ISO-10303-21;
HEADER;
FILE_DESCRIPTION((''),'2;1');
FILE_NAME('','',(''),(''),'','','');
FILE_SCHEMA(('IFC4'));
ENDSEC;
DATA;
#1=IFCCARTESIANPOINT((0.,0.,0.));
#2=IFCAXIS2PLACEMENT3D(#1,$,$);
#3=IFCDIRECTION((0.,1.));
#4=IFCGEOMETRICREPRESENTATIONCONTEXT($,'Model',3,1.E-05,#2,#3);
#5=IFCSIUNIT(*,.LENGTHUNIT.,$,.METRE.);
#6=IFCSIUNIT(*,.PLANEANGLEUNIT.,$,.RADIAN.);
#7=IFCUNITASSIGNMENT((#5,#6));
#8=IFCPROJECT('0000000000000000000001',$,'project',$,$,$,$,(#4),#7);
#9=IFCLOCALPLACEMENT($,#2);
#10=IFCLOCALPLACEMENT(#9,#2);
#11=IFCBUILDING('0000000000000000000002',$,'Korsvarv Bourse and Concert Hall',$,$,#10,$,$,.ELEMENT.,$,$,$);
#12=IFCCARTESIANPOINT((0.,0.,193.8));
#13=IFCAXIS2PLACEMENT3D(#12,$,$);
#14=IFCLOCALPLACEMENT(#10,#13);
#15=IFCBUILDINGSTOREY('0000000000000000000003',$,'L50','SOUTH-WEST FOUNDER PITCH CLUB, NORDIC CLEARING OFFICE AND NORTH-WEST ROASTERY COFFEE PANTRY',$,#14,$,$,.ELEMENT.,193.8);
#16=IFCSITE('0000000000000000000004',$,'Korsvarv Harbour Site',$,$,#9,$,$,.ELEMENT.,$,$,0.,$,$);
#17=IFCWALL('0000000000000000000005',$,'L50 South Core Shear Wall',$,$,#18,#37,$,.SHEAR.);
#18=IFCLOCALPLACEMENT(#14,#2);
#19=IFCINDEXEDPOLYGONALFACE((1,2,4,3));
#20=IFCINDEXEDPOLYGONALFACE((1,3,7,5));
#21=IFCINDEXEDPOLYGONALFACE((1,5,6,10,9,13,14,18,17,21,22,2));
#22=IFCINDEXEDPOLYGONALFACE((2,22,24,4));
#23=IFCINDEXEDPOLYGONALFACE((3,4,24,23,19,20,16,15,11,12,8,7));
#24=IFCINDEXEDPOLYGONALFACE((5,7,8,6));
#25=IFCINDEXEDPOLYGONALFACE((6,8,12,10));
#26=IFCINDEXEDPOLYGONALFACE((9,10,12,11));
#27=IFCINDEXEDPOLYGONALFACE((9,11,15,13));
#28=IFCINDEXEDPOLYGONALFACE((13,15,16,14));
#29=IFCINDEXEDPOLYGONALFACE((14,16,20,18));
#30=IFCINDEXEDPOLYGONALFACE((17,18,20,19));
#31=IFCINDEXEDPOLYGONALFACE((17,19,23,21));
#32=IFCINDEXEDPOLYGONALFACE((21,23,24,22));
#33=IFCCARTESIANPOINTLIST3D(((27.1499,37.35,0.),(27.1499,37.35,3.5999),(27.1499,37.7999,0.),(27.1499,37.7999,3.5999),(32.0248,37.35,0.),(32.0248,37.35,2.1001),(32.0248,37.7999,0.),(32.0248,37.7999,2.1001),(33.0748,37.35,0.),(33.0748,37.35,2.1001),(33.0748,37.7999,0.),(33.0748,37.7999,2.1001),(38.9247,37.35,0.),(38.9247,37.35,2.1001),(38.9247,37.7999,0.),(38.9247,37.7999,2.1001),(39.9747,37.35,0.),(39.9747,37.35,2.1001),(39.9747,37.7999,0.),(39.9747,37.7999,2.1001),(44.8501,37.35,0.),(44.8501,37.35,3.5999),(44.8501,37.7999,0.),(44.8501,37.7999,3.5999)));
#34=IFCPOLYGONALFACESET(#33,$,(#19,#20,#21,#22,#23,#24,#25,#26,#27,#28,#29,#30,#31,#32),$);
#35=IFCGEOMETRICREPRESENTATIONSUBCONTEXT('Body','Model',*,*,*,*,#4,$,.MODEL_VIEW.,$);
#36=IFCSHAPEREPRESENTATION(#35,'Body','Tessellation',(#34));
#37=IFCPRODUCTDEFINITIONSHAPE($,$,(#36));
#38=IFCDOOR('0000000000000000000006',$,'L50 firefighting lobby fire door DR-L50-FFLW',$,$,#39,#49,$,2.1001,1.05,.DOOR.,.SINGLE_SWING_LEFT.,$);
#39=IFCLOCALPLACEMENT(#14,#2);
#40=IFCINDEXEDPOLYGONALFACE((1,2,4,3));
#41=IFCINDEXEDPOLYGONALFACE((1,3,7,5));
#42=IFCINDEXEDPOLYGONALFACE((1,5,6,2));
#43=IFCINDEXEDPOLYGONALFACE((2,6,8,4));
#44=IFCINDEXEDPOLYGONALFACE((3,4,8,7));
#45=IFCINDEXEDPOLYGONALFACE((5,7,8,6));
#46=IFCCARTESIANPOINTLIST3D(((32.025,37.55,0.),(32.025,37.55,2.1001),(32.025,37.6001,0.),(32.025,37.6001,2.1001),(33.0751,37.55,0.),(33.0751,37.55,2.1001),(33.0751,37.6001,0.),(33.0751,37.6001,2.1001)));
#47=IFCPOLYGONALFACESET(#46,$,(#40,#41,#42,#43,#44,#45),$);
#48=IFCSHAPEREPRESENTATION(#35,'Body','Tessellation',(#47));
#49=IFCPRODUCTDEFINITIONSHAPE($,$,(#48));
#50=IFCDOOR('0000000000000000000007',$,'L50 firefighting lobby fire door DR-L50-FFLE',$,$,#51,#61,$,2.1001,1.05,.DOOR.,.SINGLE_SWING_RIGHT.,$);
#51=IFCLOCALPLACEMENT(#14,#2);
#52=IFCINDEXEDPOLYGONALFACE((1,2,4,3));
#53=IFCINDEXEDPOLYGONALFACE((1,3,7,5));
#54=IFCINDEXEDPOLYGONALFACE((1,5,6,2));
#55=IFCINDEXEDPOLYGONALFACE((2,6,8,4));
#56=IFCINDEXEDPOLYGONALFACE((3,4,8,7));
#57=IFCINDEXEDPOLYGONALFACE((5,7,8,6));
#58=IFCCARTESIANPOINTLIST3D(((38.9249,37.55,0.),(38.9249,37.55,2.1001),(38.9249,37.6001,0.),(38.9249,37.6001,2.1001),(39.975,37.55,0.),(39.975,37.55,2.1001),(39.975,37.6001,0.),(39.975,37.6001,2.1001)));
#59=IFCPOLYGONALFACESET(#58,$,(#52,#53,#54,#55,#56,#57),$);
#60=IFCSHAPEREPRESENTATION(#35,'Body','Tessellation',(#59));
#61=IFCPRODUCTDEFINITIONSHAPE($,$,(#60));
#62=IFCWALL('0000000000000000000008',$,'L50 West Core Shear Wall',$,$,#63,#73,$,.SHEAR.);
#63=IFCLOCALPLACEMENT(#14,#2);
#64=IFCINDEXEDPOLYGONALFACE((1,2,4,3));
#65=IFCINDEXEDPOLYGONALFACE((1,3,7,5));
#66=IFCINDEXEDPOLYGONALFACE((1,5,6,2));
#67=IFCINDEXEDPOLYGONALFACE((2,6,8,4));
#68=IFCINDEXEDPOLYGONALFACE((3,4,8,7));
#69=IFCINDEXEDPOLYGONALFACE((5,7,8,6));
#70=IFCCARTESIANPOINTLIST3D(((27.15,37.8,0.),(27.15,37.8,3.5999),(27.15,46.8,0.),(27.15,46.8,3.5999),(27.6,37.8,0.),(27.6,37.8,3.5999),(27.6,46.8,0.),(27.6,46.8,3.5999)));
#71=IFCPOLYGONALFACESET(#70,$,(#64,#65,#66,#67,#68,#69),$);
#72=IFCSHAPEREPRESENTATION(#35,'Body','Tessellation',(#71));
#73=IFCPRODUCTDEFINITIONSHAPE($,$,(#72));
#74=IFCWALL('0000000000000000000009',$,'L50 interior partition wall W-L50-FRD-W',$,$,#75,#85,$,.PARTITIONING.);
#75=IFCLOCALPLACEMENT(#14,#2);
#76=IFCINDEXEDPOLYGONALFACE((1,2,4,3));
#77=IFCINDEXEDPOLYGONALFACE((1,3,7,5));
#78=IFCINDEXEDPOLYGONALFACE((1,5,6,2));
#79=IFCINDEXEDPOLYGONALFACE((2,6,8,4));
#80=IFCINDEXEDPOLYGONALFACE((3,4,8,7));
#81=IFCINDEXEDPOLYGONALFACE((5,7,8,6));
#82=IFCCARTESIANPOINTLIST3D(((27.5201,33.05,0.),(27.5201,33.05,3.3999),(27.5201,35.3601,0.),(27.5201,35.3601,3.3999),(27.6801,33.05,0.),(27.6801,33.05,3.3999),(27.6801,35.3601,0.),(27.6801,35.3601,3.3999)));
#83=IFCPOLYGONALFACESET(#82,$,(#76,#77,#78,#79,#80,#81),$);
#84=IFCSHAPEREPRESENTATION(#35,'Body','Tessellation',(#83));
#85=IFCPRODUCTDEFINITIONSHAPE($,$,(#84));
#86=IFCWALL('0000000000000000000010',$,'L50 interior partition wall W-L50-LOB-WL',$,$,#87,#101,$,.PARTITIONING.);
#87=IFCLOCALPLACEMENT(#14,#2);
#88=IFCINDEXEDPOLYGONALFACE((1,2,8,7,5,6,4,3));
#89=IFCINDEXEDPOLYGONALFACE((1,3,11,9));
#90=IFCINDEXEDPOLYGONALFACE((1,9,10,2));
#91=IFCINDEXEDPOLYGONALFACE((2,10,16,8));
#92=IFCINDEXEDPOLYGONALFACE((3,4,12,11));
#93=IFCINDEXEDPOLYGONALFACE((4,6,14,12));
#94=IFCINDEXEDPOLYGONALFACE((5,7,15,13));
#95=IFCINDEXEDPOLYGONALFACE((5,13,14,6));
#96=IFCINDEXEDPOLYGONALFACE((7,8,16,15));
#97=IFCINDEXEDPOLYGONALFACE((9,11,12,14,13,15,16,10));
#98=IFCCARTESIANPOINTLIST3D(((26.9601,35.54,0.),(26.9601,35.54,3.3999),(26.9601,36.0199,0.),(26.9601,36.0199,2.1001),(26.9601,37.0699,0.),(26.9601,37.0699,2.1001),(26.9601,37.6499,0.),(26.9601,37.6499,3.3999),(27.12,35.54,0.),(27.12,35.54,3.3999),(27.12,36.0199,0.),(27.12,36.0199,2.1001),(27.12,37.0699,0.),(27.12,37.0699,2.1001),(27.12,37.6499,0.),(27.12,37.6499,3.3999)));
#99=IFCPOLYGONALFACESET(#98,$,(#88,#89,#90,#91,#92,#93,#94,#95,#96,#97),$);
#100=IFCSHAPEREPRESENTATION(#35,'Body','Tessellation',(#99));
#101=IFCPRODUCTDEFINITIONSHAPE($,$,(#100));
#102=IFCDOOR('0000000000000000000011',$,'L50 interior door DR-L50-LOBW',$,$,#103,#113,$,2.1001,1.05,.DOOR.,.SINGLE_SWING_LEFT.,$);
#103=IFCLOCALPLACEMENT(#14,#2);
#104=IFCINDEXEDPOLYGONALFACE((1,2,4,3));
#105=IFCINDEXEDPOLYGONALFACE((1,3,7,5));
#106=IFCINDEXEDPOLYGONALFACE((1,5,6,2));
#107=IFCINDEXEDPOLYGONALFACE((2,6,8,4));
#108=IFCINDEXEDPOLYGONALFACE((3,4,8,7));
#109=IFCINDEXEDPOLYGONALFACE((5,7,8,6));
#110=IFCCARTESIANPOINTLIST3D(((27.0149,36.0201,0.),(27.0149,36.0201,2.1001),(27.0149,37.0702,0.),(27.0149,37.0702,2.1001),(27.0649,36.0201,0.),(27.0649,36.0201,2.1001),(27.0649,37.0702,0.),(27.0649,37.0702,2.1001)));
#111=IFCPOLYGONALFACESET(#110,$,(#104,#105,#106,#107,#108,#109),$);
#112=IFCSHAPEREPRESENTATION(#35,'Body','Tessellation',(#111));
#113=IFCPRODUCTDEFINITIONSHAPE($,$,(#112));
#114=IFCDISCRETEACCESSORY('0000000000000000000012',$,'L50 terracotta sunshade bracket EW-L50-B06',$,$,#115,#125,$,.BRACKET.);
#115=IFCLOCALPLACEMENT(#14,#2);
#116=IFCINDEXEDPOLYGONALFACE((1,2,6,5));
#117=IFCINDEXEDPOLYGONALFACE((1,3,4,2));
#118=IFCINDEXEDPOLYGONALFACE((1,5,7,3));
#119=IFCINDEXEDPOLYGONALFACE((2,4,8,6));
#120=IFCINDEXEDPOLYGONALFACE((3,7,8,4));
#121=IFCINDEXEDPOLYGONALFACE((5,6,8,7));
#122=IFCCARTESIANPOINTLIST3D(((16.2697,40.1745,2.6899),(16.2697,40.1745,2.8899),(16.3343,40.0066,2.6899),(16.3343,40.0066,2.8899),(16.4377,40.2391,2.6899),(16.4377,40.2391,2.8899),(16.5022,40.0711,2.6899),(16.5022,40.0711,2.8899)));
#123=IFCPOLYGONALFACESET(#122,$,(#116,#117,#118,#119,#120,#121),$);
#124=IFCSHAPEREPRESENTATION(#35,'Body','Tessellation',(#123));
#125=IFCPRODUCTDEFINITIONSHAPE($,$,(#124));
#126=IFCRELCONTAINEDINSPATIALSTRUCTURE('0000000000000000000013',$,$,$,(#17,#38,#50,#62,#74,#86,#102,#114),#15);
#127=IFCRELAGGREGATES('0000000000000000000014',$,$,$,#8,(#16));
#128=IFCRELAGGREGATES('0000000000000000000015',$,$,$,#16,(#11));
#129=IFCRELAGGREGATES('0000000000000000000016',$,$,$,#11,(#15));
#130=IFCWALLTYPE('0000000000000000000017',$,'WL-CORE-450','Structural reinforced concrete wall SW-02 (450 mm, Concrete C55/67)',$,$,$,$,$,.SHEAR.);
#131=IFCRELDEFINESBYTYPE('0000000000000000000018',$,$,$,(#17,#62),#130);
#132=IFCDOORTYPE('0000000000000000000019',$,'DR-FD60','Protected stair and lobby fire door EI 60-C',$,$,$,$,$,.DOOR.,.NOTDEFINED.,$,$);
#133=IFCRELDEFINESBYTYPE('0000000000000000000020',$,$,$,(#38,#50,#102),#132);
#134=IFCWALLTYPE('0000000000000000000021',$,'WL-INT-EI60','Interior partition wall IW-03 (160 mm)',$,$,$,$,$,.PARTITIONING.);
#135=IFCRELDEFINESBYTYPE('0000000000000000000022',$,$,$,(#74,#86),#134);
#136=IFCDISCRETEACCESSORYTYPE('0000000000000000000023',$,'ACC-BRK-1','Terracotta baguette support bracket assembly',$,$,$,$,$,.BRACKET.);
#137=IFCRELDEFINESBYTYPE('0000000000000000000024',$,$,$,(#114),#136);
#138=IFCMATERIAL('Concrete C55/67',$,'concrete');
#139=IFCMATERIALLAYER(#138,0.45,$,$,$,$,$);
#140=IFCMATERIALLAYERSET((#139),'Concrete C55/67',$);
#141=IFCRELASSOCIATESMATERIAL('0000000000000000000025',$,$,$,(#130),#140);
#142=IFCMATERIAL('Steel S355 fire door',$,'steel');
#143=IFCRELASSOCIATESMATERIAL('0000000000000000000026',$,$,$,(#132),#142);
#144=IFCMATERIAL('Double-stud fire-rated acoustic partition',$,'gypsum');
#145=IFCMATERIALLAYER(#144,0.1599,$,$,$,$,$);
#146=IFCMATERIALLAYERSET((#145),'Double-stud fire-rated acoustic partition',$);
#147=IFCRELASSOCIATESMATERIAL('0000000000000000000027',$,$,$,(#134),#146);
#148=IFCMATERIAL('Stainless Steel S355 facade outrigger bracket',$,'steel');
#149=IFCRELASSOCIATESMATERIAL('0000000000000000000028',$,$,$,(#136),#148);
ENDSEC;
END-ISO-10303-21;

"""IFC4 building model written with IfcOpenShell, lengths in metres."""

from ifc_helpers import new_model, si_unit, direction, frame, frame_2d, origin, origin_2d, place, context, subcontext, project, spatial, rectangle, extrude, source, transform, mapped, material, layer, layer_set, type_object, element, fill, save


model = new_model("IFC4")

# Units and contexts
model_context = context("Model", 3, precision=1e-05, world=origin(), true_north=direction((0.0, 1.0)))
body_context = subcontext(model_context, "Body", "Model", "MODEL_VIEW")
ifc_project = project(units=[si_unit("LENGTHUNIT", "METRE"), si_unit("PLANEANGLEUNIT", "RADIAN")], contexts=[model_context])

# Site, building, storey
site_placement = place(None, origin())
site = spatial("IfcSite", under=ifc_project, at=site_placement, Name="Korsvarv Harbour Site", CompositionType="ELEMENT", RefElevation=0.0)
building_placement = place(site_placement, origin())
building = spatial("IfcBuilding", under=site, at=building_placement, Name="Korsvarv Bourse and Concert Hall", CompositionType="ELEMENT")
storey_placement = place(building_placement, frame((0.0, 0.0, 193.8)))
storey = spatial("IfcBuildingStorey", under=building, at=storey_placement, Name="L50", Description="SOUTH-WEST FOUNDER PITCH CLUB, NORDIC CLEARING OFFICE AND NORTH-WEST ROASTERY COFFEE PANTRY", CompositionType="ELEMENT", Elevation=193.8)

# Shared definitions
ifc_material_1 = material(Name="Concrete C55/67", Category="concrete")

# Wall, openings, doors
ifc_layer_1 = layer(ifc_material_1, 0.45)
ifc_layer_set_1 = layer_set([ifc_layer_1], Name="Concrete C55/67")
wall_type_1 = type_object("IfcWallType", Name="WL-CORE-450", Description="Structural reinforced concrete wall SW-02 (450 mm, Concrete C55/67)", PredefinedType="SHEAR", material=ifc_layer_set_1)
wall_1_placement = place(storey_placement, frame((27.1499, 37.575, 0.0), z_axis=(0.0, 0.0, 1.0), x_axis=(1.0, 0.0, 0.0)))
wall_1 = element("IfcWall", 1, at=wall_1_placement, inside=storey, type_object=wall_type_1, Name="L50 South Core Shear Wall", PredefinedType="SHEAR", context=body_context, shape_type="SweptSolid", body=[
    extrude(rectangle(XDim=17.7002, YDim=0.45, at=frame_2d((8.8501, 0.0))), origin(), (0.0, 0.0, 1.0), 3.5999),
])
opening_1_placement = place(wall_1_placement, frame((4.875, 0.0, 0.0)))
opening_1 = element("IfcOpeningElement", 2, at=opening_1_placement, cuts=wall_1, PredefinedType="OPENING", context=body_context, shape_type="SweptSolid", body=[
    extrude(rectangle(XDim=1.05, YDim=2.1001, at=frame_2d((0.5249, 1.05))), frame((0.0, 0.2349, 0.0), z_axis=(0.0, -1.0, 0.0), x_axis=(1.0, 0.0, 0.0)), (0.0, 0.0, 1.0), 0.47),
])
opening_2_placement = place(wall_1_placement, frame((11.7749, 0.0, 0.0)))
opening_2 = element("IfcOpeningElement", 3, at=opening_2_placement, cuts=wall_1, PredefinedType="OPENING", context=body_context, shape_type="SweptSolid", body=[
    extrude(rectangle(XDim=1.05, YDim=2.1001, at=frame_2d((0.5249, 1.05))), frame((0.0, 0.2349, 0.0), z_axis=(0.0, -1.0, 0.0), x_axis=(1.0, 0.0, 0.0)), (0.0, 0.0, 1.0), 0.47),
])
ifc_material_2 = material(Name="Steel S355 fire door", Category="steel")
door_type = type_object("IfcDoorType", Name="DR-FD60", Description="Protected stair and lobby fire door EI 60-C", OperationType="NOTDEFINED", PredefinedType="DOOR", material=ifc_material_2)
door_1_placement = place(opening_1_placement, frame((1.05, 0.0, 0.0), z_axis=(0.0, 0.0, 1.0), x_axis=(-1.0, 0.0, 0.0)))
door_1 = element("IfcDoor", 4, at=door_1_placement, inside=storey, type_object=door_type, Name="L50 firefighting lobby fire door DR-L50-FFLW", OperationType="SINGLE_SWING_LEFT", OverallHeight=2.1001, OverallWidth=1.05, PredefinedType="DOOR", context=body_context, shape_type="SweptSolid", body=[
    extrude(rectangle(XDim=1.05, YDim=2.1001, at=frame_2d((0.5249, 1.05))), frame((0.0, 0.0249, 0.0), z_axis=(0.0, -1.0, 0.0), x_axis=(1.0, 0.0, 0.0)), (0.0, 0.0, 1.0), 0.05),
])
fill(opening_1, door_1)
door_2_placement = place(opening_2_placement, frame((1.05, 0.0, 0.0), z_axis=(0.0, 0.0, 1.0), x_axis=(-1.0, 0.0, 0.0)))
door_2 = element("IfcDoor", 5, at=door_2_placement, inside=storey, type_object=door_type, Name="L50 firefighting lobby fire door DR-L50-FFLE", OperationType="SINGLE_SWING_RIGHT", OverallHeight=2.1001, OverallWidth=1.05, PredefinedType="DOOR", context=body_context, shape_type="SweptSolid", body=[
    extrude(rectangle(XDim=1.05, YDim=2.1001, at=frame_2d((0.5249, 1.05))), frame((0.0, 0.0249, 0.0), z_axis=(0.0, -1.0, 0.0), x_axis=(1.0, 0.0, 0.0)), (0.0, 0.0, 1.0), 0.05),
])
fill(opening_2, door_2)

# Walls
wall_2_placement = place(storey_placement, frame((27.375, 37.8, 0.0), z_axis=(0.0, 0.0, 1.0), x_axis=(0.0, 1.0, 0.0)))
element("IfcWall", 6, at=wall_2_placement, inside=storey, type_object=wall_type_1, Name="L50 West Core Shear Wall", PredefinedType="SHEAR", context=body_context, shape_type="SweptSolid", body=[
    extrude(rectangle(XDim=9.0, YDim=0.45, at=frame_2d((4.5, 0.0))), origin(), (0.0, 0.0, 1.0), 3.5999),
])
ifc_material_3 = material(Name="Double-stud fire-rated acoustic partition", Category="gypsum")
ifc_layer_2 = layer(ifc_material_3, 0.1599)
ifc_layer_set_2 = layer_set([ifc_layer_2], Name="Double-stud fire-rated acoustic partition")
wall_type_2 = type_object("IfcWallType", Name="WL-INT-EI60", Description="Interior partition wall IW-03 (160 mm)", PredefinedType="PARTITIONING", material=ifc_layer_set_2)
wall_3_placement = place(storey_placement, frame((27.6001, 33.05, 0.0), z_axis=(0.0, 0.0, 1.0), x_axis=(0.0, 1.0, 0.0)))
element("IfcWall", 7, at=wall_3_placement, inside=storey, type_object=wall_type_2, Name="L50 interior partition wall W-L50-FRD-W", PredefinedType="PARTITIONING", context=body_context, shape_type="SweptSolid", body=[
    extrude(rectangle(XDim=2.3101, YDim=0.1599, at=frame_2d((1.155, 0.0))), origin(), (0.0, 0.0, 1.0), 3.3999),
])

# Wall, opening, door
wall_4_placement = place(storey_placement, frame((27.04, 35.54, 0.0), z_axis=(0.0, 0.0, 1.0), x_axis=(0.0, 1.0, 0.0)))
wall_4 = element("IfcWall", 8, at=wall_4_placement, inside=storey, type_object=wall_type_2, Name="L50 interior partition wall W-L50-LOB-WL", PredefinedType="PARTITIONING", context=body_context, shape_type="SweptSolid", body=[
    extrude(rectangle(XDim=2.1099, YDim=0.1599, at=frame_2d((1.0549, 0.0))), origin(), (0.0, 0.0, 1.0), 3.3999),
])
opening_3_placement = place(wall_4_placement, frame((0.48, 0.0, 0.0)))
opening_3 = element("IfcOpeningElement", 9, at=opening_3_placement, cuts=wall_4, PredefinedType="OPENING", context=body_context, shape_type="SweptSolid", body=[
    extrude(rectangle(XDim=1.05, YDim=2.1001, at=frame_2d((0.5249, 1.05))), frame((0.0, 0.0898, 0.0), z_axis=(0.0, -1.0, 0.0), x_axis=(1.0, 0.0, 0.0)), (0.0, 0.0, 1.0), 0.1799),
])
door_3_placement = place(opening_3_placement, frame((1.05, 0.0, 0.0), z_axis=(0.0, 0.0, 1.0), x_axis=(-1.0, 0.0, 0.0)))
door_3 = element("IfcDoor", 10, at=door_3_placement, inside=storey, type_object=door_type, Name="L50 interior door DR-L50-LOBW", OperationType="SINGLE_SWING_LEFT", OverallHeight=2.1001, OverallWidth=1.05, PredefinedType="DOOR", context=body_context, shape_type="SweptSolid", body=[
    extrude(rectangle(XDim=1.05, YDim=2.1001, at=frame_2d((0.5249, 1.05))), frame((0.0, 0.0249, 0.0), z_axis=(0.0, -1.0, 0.0), x_axis=(1.0, 0.0, 0.0)), (0.0, 0.0, 1.0), 0.05),
])
fill(opening_3, door_3)

# Discrete accessory
ifc_material_4 = material(Name="Stainless Steel S355 facade outrigger bracket", Category="steel")
discrete_accessory_type = type_object("IfcDiscreteAccessoryType", Name="ACC-BRK-1", Description="Terracotta baguette support bracket assembly", PredefinedType="BRACKET", material=ifc_material_4)
shared_shape_1 = source(origin(), body_context, "Body", "SweptSolid", [
    extrude(rectangle(XDim=0.1799, YDim=0.1799, at=origin_2d()), origin(), (0.0, 0.0, 1.0), 0.2),
])
discrete_accessory_placement = place(storey_placement, frame((16.386, 40.1228, 2.6899), z_axis=(0.0, 0.0, 1.0), x_axis=(0.358694, -0.933455, 0.0)))
element("IfcDiscreteAccessory", 11, at=discrete_accessory_placement, inside=storey, type_object=discrete_accessory_type, Name="L50 terracotta sunshade bracket EW-L50-B06", PredefinedType="BRACKET", context=body_context, shape_type="MappedRepresentation", body=[
    mapped(shared_shape_1, transform((0.0, 0.0, 0.0), scale=1.0)),
])

save(model, "model.ifc")
